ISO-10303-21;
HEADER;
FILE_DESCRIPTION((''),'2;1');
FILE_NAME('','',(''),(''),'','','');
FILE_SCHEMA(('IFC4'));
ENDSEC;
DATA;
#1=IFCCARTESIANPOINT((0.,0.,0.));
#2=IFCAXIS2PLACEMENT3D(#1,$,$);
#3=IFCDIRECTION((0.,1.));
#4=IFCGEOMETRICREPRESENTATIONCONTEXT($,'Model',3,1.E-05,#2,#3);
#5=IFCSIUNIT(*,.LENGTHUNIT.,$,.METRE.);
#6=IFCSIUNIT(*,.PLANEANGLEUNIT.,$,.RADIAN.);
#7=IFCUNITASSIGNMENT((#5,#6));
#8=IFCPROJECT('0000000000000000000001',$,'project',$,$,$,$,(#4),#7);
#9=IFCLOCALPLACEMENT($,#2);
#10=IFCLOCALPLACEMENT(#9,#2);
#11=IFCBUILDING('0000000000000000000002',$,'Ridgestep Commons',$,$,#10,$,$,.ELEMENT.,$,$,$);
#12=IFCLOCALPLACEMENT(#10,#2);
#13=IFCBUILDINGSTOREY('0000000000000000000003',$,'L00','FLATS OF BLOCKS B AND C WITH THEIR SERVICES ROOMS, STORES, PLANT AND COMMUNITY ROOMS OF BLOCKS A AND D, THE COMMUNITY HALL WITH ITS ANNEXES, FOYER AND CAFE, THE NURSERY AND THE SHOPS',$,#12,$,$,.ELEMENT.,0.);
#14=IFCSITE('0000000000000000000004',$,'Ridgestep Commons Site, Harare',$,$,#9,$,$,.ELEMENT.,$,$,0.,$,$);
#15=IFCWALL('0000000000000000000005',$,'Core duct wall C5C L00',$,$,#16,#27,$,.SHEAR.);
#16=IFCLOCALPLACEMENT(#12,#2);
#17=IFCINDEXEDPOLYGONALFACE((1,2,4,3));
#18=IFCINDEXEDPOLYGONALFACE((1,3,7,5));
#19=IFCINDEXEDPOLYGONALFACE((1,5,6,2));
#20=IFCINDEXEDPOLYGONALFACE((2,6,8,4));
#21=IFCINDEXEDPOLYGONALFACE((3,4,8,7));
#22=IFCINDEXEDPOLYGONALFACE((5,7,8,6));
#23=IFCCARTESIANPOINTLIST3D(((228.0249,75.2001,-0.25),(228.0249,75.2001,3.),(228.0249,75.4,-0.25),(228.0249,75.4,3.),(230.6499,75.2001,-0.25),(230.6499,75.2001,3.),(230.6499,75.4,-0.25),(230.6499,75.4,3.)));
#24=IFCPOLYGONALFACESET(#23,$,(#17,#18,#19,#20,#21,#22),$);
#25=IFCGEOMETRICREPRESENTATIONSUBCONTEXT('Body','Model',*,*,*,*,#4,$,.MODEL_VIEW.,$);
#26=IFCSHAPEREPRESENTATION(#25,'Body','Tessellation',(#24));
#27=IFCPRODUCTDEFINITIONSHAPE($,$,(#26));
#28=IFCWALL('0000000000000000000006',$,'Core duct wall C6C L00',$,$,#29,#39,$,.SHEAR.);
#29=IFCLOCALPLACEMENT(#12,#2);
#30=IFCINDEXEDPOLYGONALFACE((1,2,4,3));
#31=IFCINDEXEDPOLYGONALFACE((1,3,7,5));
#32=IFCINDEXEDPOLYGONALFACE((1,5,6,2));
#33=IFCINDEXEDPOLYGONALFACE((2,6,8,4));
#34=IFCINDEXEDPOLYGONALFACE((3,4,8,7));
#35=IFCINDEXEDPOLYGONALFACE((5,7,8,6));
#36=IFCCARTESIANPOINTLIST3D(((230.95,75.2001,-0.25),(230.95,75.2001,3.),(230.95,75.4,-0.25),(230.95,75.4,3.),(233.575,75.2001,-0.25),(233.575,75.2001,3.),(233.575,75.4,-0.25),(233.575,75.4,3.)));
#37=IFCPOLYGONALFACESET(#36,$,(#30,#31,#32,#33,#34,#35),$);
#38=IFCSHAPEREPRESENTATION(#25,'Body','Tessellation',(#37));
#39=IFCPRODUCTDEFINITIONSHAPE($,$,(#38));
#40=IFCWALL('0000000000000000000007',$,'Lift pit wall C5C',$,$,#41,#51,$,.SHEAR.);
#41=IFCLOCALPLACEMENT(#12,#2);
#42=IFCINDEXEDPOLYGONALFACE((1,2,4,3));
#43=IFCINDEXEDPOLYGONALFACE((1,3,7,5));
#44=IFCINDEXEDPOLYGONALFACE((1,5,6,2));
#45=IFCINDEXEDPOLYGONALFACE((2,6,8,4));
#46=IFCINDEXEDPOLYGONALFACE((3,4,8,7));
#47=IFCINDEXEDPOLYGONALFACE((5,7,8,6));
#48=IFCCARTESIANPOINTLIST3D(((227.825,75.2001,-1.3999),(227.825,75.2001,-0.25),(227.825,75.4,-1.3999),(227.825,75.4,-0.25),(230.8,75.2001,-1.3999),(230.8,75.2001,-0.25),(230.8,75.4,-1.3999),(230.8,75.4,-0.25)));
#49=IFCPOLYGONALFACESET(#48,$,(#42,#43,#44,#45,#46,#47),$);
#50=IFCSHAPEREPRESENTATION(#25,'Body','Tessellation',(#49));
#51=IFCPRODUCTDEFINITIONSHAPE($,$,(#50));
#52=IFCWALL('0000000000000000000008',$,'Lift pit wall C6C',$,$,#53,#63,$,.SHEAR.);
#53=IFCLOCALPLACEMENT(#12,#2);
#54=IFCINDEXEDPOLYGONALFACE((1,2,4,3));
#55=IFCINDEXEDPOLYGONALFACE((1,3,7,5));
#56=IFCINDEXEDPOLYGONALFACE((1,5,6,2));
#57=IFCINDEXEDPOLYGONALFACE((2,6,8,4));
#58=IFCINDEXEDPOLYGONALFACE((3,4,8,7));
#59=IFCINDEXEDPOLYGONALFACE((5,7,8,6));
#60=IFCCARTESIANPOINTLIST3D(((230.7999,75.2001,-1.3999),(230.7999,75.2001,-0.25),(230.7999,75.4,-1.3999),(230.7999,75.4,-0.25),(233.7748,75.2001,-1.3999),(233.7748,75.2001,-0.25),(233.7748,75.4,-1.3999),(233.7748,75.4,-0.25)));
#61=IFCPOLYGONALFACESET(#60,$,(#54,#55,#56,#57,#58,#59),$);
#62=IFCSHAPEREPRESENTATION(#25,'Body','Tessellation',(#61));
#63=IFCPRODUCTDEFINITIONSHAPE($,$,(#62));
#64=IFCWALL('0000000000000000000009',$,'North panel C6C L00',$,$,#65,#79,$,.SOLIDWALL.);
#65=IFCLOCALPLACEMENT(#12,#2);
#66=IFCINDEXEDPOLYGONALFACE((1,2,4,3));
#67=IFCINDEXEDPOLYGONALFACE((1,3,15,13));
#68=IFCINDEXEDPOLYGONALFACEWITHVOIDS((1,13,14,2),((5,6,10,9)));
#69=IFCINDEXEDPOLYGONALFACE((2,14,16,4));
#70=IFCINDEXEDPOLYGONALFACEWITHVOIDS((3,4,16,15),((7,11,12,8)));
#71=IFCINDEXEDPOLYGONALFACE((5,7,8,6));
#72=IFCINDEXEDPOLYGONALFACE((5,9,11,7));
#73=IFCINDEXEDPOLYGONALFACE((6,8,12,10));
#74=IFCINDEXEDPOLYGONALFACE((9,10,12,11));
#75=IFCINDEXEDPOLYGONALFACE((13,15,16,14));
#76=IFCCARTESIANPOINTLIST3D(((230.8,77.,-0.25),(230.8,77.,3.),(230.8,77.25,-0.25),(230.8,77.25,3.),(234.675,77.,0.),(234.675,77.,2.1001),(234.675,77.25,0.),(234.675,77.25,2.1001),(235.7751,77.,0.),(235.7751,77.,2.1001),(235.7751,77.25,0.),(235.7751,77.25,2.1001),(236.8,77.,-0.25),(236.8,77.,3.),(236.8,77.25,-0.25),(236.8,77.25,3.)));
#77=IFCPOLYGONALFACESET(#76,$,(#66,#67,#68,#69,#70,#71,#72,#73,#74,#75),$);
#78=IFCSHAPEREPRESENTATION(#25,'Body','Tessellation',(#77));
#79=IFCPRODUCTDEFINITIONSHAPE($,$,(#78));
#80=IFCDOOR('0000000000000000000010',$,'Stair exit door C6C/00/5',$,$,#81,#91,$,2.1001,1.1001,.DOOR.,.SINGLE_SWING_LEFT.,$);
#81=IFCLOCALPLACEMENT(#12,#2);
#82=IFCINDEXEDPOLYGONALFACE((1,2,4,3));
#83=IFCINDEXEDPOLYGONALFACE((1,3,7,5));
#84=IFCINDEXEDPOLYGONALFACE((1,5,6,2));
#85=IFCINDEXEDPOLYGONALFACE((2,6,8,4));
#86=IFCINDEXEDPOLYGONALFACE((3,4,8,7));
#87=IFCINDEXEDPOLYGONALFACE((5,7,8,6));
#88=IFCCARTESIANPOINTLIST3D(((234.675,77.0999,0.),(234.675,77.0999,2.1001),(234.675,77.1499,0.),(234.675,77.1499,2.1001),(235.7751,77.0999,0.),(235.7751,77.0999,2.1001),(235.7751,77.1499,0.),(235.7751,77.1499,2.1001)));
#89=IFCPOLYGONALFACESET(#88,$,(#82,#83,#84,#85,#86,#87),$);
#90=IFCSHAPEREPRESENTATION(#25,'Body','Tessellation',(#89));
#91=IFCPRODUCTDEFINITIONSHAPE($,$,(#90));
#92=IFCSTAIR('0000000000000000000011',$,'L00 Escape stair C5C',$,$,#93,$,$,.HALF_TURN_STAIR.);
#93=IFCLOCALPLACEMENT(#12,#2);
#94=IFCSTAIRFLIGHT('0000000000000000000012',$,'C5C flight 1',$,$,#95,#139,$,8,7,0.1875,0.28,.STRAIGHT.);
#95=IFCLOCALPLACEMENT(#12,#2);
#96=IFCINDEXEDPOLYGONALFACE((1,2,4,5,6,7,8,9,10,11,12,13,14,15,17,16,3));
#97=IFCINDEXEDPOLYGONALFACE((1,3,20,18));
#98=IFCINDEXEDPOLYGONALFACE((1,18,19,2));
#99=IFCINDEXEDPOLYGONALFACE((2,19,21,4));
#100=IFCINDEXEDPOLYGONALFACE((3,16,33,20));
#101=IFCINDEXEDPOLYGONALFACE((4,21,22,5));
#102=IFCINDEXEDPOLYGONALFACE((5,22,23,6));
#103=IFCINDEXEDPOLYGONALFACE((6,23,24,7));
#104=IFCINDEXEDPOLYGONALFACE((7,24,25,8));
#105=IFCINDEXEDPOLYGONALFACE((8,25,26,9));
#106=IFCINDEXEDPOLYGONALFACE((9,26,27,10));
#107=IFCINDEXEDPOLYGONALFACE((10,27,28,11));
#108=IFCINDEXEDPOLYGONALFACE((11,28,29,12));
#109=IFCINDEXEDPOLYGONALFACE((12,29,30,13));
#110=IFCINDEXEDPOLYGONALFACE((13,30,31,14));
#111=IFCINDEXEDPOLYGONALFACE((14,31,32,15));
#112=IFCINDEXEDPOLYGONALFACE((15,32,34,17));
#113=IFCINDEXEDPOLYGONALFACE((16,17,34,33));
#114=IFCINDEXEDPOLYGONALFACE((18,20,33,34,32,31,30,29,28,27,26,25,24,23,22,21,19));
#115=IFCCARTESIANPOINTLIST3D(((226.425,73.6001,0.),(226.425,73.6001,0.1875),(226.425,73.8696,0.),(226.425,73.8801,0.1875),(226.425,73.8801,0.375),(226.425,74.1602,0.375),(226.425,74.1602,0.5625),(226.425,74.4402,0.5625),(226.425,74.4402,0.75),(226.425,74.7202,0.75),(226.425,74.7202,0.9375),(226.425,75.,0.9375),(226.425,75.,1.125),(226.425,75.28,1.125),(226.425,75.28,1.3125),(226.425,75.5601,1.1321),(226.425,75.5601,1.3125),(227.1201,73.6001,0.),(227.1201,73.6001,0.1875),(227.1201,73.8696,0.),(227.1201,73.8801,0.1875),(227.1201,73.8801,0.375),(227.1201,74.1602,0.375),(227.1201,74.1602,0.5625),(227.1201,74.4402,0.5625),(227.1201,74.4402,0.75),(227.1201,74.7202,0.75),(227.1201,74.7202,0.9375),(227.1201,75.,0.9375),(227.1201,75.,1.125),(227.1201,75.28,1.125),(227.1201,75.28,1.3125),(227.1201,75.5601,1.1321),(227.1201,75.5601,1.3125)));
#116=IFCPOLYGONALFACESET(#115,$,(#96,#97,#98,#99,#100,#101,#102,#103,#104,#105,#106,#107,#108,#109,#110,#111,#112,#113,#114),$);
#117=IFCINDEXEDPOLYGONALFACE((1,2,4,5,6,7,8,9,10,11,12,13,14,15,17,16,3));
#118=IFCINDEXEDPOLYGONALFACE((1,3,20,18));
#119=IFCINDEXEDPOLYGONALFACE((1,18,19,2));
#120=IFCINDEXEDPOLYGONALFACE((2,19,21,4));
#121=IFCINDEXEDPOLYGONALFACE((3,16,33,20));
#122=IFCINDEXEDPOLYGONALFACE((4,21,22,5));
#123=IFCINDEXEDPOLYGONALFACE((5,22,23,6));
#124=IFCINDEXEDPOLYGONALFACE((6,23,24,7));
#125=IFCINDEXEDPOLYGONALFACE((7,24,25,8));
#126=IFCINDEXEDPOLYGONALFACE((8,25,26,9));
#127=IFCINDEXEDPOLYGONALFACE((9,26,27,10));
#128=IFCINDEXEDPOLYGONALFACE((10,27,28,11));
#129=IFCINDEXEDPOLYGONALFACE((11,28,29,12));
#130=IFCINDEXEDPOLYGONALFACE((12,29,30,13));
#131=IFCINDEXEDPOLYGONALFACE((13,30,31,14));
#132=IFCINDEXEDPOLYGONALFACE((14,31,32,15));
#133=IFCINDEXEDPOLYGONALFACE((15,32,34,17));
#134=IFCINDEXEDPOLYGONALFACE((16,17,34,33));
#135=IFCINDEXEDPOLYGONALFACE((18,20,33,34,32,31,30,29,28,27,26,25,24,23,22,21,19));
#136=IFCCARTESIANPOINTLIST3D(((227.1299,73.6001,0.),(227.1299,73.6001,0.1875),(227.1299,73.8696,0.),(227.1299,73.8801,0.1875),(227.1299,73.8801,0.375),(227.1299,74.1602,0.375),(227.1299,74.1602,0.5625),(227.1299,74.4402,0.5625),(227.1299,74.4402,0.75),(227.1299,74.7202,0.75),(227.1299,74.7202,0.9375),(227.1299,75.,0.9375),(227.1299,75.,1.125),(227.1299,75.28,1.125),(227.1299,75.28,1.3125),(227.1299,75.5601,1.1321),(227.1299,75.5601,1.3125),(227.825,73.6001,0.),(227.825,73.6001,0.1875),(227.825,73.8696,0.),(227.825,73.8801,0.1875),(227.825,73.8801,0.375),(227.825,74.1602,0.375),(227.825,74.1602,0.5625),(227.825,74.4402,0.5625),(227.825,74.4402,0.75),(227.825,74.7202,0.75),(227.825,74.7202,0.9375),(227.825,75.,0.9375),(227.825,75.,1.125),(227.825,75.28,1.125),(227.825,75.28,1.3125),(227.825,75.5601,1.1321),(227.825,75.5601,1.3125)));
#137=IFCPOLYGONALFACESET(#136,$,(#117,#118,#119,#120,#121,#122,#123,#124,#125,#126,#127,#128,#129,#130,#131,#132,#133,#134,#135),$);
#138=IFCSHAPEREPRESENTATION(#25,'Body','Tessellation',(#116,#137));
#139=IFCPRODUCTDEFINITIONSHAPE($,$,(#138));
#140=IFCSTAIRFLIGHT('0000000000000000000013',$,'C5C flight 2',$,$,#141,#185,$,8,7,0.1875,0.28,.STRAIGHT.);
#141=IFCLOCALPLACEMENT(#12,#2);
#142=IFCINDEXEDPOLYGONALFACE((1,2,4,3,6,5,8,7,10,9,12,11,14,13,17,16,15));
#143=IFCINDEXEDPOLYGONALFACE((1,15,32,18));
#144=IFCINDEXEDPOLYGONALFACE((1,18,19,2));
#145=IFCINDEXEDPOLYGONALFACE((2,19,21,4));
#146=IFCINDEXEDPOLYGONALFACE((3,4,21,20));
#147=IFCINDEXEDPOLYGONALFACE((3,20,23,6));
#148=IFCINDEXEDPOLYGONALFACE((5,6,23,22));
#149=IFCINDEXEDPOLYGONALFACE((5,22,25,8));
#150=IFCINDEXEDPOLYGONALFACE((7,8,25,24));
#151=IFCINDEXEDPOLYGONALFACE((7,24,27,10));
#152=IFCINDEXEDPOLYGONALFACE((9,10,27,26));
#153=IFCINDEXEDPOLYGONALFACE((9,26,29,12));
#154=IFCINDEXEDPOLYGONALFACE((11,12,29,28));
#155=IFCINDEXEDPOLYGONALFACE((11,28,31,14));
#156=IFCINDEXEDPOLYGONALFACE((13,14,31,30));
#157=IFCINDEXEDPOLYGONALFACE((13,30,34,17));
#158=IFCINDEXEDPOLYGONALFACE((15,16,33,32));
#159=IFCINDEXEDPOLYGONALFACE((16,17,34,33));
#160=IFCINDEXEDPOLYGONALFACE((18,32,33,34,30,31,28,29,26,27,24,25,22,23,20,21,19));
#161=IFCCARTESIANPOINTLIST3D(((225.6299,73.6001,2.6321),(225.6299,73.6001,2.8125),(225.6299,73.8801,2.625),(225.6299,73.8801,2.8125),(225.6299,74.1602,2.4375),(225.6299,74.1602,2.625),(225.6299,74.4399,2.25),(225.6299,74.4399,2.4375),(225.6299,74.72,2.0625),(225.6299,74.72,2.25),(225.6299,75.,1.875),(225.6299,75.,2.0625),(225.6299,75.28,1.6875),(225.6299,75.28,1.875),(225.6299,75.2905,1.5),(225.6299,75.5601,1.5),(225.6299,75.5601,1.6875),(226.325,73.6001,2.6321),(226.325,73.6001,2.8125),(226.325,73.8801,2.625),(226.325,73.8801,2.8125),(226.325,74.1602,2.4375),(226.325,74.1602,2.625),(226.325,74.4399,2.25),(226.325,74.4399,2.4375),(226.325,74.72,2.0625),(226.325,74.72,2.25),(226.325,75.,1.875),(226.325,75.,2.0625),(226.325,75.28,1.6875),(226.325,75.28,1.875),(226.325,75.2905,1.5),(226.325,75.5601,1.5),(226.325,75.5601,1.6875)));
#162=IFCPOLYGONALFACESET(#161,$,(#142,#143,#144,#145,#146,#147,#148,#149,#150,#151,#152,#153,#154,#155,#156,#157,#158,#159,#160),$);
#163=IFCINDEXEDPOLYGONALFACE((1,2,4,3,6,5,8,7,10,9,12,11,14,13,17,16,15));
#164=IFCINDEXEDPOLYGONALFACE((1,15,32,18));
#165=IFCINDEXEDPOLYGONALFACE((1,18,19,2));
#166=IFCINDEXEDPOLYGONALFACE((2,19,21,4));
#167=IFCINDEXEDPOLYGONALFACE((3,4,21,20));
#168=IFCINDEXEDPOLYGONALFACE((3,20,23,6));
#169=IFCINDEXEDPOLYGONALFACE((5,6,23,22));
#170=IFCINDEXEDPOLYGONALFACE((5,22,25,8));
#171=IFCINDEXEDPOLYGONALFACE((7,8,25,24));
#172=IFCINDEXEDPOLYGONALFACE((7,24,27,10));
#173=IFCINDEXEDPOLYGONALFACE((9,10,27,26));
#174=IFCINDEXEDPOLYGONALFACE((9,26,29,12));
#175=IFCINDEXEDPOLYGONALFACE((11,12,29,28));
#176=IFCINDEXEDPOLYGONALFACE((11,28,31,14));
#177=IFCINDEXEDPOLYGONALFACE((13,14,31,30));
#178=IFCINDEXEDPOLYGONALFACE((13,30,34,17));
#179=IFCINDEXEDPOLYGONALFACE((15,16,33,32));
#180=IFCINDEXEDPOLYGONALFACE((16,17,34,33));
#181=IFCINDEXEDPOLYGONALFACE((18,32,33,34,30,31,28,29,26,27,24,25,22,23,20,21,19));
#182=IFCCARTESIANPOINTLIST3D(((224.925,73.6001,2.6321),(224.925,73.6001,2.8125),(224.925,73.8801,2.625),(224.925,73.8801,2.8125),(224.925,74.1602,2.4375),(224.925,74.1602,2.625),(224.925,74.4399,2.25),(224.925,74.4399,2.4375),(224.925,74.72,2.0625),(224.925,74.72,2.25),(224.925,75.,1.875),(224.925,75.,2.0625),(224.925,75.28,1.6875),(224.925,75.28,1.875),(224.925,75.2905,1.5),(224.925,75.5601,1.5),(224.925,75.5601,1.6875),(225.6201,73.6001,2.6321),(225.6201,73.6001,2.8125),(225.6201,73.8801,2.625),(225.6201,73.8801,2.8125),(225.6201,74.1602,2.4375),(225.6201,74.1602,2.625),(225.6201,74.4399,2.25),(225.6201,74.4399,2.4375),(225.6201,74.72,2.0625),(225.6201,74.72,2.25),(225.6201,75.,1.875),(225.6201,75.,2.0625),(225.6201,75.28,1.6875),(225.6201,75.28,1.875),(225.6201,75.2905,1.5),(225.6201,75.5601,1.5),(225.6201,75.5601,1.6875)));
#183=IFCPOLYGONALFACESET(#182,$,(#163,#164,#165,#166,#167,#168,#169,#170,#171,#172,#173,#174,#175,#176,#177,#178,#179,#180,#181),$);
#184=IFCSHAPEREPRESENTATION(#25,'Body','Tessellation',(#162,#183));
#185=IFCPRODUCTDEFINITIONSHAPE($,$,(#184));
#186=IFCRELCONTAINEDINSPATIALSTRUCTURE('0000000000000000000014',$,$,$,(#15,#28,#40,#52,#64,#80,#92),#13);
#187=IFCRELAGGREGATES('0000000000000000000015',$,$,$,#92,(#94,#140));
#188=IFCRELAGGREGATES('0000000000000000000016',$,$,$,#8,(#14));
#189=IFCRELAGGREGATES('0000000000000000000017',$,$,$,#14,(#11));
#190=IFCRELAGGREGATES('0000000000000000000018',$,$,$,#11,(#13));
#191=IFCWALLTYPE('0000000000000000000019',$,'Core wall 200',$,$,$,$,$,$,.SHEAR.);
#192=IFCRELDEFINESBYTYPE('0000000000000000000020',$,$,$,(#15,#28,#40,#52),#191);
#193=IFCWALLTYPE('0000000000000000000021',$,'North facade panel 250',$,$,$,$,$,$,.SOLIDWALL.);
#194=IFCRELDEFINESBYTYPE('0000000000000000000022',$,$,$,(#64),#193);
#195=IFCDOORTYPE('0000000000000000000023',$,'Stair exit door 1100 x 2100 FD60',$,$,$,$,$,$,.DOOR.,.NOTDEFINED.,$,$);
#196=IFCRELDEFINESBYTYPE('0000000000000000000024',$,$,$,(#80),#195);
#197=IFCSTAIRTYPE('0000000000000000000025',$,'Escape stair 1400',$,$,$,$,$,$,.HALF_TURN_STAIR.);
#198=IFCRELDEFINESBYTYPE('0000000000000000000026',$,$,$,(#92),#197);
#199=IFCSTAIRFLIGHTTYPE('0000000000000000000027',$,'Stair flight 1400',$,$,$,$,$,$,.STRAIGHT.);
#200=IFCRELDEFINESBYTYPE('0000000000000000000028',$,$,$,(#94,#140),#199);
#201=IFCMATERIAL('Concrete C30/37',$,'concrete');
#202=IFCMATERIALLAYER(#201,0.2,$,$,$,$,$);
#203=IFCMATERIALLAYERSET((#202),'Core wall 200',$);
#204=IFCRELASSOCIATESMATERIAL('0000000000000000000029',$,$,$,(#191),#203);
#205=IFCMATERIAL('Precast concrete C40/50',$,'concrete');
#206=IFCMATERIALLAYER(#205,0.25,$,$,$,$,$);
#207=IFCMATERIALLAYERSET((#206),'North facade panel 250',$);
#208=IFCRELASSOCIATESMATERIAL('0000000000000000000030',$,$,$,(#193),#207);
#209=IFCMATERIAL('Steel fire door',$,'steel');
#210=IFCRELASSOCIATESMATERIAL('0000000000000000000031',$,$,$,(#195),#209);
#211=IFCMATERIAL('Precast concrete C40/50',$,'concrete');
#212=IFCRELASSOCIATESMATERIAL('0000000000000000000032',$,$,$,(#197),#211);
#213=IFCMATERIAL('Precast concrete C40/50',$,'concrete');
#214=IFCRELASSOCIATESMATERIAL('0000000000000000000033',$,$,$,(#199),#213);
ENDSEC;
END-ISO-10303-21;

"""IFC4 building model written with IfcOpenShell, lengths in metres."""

from ifc_helpers import new_model, si_unit, direction, frame, frame_2d, origin, place, context, subcontext, project, spatial, polyline, rectangle, outline, extrude, material, layer, layer_set, type_object, element, fill, aggregate, save


model = new_model("IFC4")

# Units and contexts
model_context = context("Model", 3, precision=1e-05, world=origin(), true_north=direction((0.0, 1.0)))
body_context = subcontext(model_context, "Body", "Model", "MODEL_VIEW")
ifc_project = project(units=[si_unit("LENGTHUNIT", "METRE"), si_unit("PLANEANGLEUNIT", "RADIAN")], contexts=[model_context])

# Site, building, storey
site_placement = place(None, origin())
site = spatial("IfcSite", under=ifc_project, at=site_placement, Name="Ridgestep Commons Site, Harare", CompositionType="ELEMENT", RefElevation=0.0)
building_placement = place(site_placement, origin())
building = spatial("IfcBuilding", under=site, at=building_placement, Name="Ridgestep Commons", CompositionType="ELEMENT")
storey_placement = place(building_placement, origin())
storey = spatial("IfcBuildingStorey", under=building, at=storey_placement, Name="L00", Description="FLATS OF BLOCKS B AND C WITH THEIR SERVICES ROOMS, STORES, PLANT AND COMMUNITY ROOMS OF BLOCKS A AND D, THE COMMUNITY HALL WITH ITS ANNEXES, FOYER AND CAFE, THE NURSERY AND THE SHOPS", CompositionType="ELEMENT", Elevation=0.0)

# Walls
ifc_material_1 = material(Name="Concrete C30/37", Category="concrete")
ifc_layer_1 = layer(ifc_material_1, 0.2)
ifc_layer_set_1 = layer_set([ifc_layer_1], Name="Core wall 200")
wall_type_1 = type_object("IfcWallType", Name="Core wall 200", PredefinedType="SHEAR", material=ifc_layer_set_1)
for number, where, z_axis, x_axis, name in (
    (1, (228.0249, 75.3, -0.25), (0.0, 0.0, 1.0), (1.0, 0.0, 0.0), "Core duct wall C5C L00"),
    (2, (230.95, 75.3, -0.25), (0.0, 0.0, 1.0), (1.0, 0.0, 0.0), "Core duct wall C6C L00"),
):
    element("IfcWall", number, at=place(storey_placement, frame(where, z_axis=z_axis, x_axis=x_axis)), inside=storey, type_object=wall_type_1, Name=name, PredefinedType="SHEAR", context=body_context, shape_type="SweptSolid", body=[
        extrude(rectangle(XDim=2.625, YDim=0.2, at=frame_2d((1.3125, 0.0))), origin(), (0.0, 0.0, 1.0), 3.25),
    ])
wall_1_placement = place(storey_placement, frame((227.825, 75.3, -1.3999), z_axis=(0.0, 0.0, 1.0), x_axis=(1.0, 0.0, 0.0)))
element("IfcWall", 3, at=wall_1_placement, inside=storey, type_object=wall_type_1, Name="Lift pit wall C5C", PredefinedType="SHEAR", context=body_context, shape_type="SweptSolid", body=[
    extrude(rectangle(XDim=2.9751, YDim=0.2, at=frame_2d((1.4875, 0.0))), origin(), (0.0, 0.0, 1.0), 1.1499),
])
wall_2_placement = place(storey_placement, frame((230.8, 75.3, -1.3999), z_axis=(0.0, 0.0, 1.0), x_axis=(1.0, 0.0, 0.0)))
element("IfcWall", 4, at=wall_2_placement, inside=storey, type_object=wall_type_1, Name="Lift pit wall C6C", PredefinedType="SHEAR", context=body_context, shape_type="SweptSolid", body=[
    extrude(rectangle(XDim=2.9749, YDim=0.2, at=frame_2d((1.4873, 0.0))), origin(), (0.0, 0.0, 1.0), 1.1499),
])

# Wall, opening, door
ifc_material_2 = material(Name="Precast concrete C40/50", Category="concrete")
ifc_layer_2 = layer(ifc_material_2, 0.25)
ifc_layer_set_2 = layer_set([ifc_layer_2], Name="North facade panel 250")
wall_type_2 = type_object("IfcWallType", Name="North facade panel 250", PredefinedType="SOLIDWALL", material=ifc_layer_set_2)
wall_3_placement = place(storey_placement, frame((230.8, 77.125, -0.25), z_axis=(0.0, 0.0, 1.0), x_axis=(1.0, 0.0, 0.0)))
wall_3 = element("IfcWall", 5, at=wall_3_placement, inside=storey, type_object=wall_type_2, Name="North panel C6C L00", PredefinedType="SOLIDWALL", context=body_context, shape_type="SweptSolid", body=[
    extrude(rectangle(XDim=6.0, YDim=0.25, at=frame_2d((3.0, 0.0))), origin(), (0.0, 0.0, 1.0), 3.25),
])
opening_placement = place(wall_3_placement, frame((3.875, 0.0, 0.25)))
opening = element("IfcOpeningElement", 6, at=opening_placement, cuts=wall_3, PredefinedType="OPENING", context=body_context, shape_type="SweptSolid", body=[
    extrude(rectangle(XDim=1.1001, YDim=2.1001, at=frame_2d((0.55, 1.05))), frame((0.0, 0.135, 0.0), z_axis=(0.0, -1.0, 0.0), x_axis=(1.0, 0.0, 0.0)), (0.0, 0.0, 1.0), 0.27),
])
ifc_material_3 = material(Name="Steel fire door", Category="steel")
door_type = type_object("IfcDoorType", Name="Stair exit door 1100 x 2100 FD60", OperationType="NOTDEFINED", PredefinedType="DOOR", material=ifc_material_3)
door_placement = place(opening_placement, origin())
door = element("IfcDoor", 7, at=door_placement, inside=storey, type_object=door_type, Name="Stair exit door C6C/00/5", OperationType="SINGLE_SWING_LEFT", OverallHeight=2.1001, OverallWidth=1.1001, PredefinedType="DOOR", context=body_context, shape_type="SweptSolid", body=[
    extrude(rectangle(XDim=1.1001, YDim=2.1001, at=frame_2d((0.55, 1.05))), frame((0.0, 0.0249, 0.0), z_axis=(0.0, -1.0, 0.0), x_axis=(1.0, 0.0, 0.0)), (0.0, 0.0, 1.0), 0.05),
])
fill(opening, door)

# Stair, stair flights
ifc_material_4 = material(Name="Precast concrete C40/50", Category="concrete")
stair_type = type_object("IfcStairType", Name="Escape stair 1400", PredefinedType="HALF_TURN_STAIR", material=ifc_material_4)
stair_placement = place(storey_placement, origin())
stair = element("IfcStair", 8, at=stair_placement, inside=storey, type_object=stair_type, Name="L00 Escape stair C5C", PredefinedType="HALF_TURN_STAIR")
ifc_material_5 = material(Name="Precast concrete C40/50", Category="concrete")
stair_flight_type = type_object("IfcStairFlightType", Name="Stair flight 1400", PredefinedType="STRAIGHT", material=ifc_material_5)
stair_flight_1_placement = place(storey_placement, frame((227.125, 73.6001, 0.0), z_axis=(0.0, 0.0, 1.0), x_axis=(0.0, 1.0, 0.0)))
stair_flight_1 = element("IfcStairFlight", 9, at=stair_flight_1_placement, type_object=stair_flight_type, Name="C5C flight 1", NumberOfRisers=8, NumberOfTreads=7, PredefinedType="STRAIGHT", RiserHeight=0.1875, TreadLength=0.28, context=body_context, shape_type="SweptSolid", body=[
    extrude(outline(polyline([(0.0, 0.0), (0.0, 0.1875), (0.28, 0.1875), (0.28, 0.375), (0.5601, 0.375), (0.5601, 0.5625), (0.8401, 0.5625), (0.8401, 0.75), (1.1201, 0.75), (1.1201, 0.9375), (1.3999, 0.9375), (1.3999, 1.125), (1.6799, 1.125), (1.6799, 1.3125), (1.96, 1.3125), (1.96, 1.5), (1.96, 1.1321), (0.2695, 0.0), (0.0, 0.0)])), frame((0.0, 0.7, 0.0), z_axis=(0.0, -1.0, 0.0), x_axis=(1.0, 0.0, 0.0)), (0.0, 0.0, 1.0), 0.6951),
    extrude(outline(polyline([(0.0, 0.0), (0.0, 0.1875), (0.28, 0.1875), (0.28, 0.375), (0.5601, 0.375), (0.5601, 0.5625), (0.8401, 0.5625), (0.8401, 0.75), (1.1201, 0.75), (1.1201, 0.9375), (1.3999, 0.9375), (1.3999, 1.125), (1.6799, 1.125), (1.6799, 1.3125), (1.96, 1.3125), (1.96, 1.5), (1.96, 1.1321), (0.2695, 0.0), (0.0, 0.0)])), frame((0.0, -0.0049, 0.0), z_axis=(0.0, -1.0, 0.0), x_axis=(1.0, 0.0, 0.0)), (0.0, 0.0, 1.0), 0.6951),
])
stair_flight_2_placement = place(storey_placement, frame((225.625, 75.5601, 1.5), z_axis=(0.0, 0.0, 1.0), x_axis=(0.0, -1.0, 0.0)))
stair_flight_2 = element("IfcStairFlight", 10, at=stair_flight_2_placement, type_object=stair_flight_type, Name="C5C flight 2", NumberOfRisers=8, NumberOfTreads=7, PredefinedType="STRAIGHT", RiserHeight=0.1875, TreadLength=0.28, context=body_context, shape_type="SweptSolid", body=[
    extrude(outline(polyline([(0.0, 0.0), (0.0, 0.1875), (0.28, 0.1875), (0.28, 0.375), (0.5601, 0.375), (0.5601, 0.5625), (0.8401, 0.5625), (0.8401, 0.75), (1.1201, 0.75), (1.1201, 0.9375), (1.3999, 0.9375), (1.3999, 1.125), (1.6799, 1.125), (1.6799, 1.3125), (1.96, 1.3125), (1.96, 1.5), (1.96, 1.1321), (0.2695, 0.0), (0.0, 0.0)])), frame((0.0, 0.7, 0.0), z_axis=(0.0, -1.0, 0.0), x_axis=(1.0, 0.0, 0.0)), (0.0, 0.0, 1.0), 0.6951),
    extrude(outline(polyline([(0.0, 0.0), (0.0, 0.1875), (0.28, 0.1875), (0.28, 0.375), (0.5601, 0.375), (0.5601, 0.5625), (0.8401, 0.5625), (0.8401, 0.75), (1.1201, 0.75), (1.1201, 0.9375), (1.3999, 0.9375), (1.3999, 1.125), (1.6799, 1.125), (1.6799, 1.3125), (1.96, 1.3125), (1.96, 1.5), (1.96, 1.1321), (0.2695, 0.0), (0.0, 0.0)])), frame((0.0, -0.0049, 0.0), z_axis=(0.0, -1.0, 0.0), x_axis=(1.0, 0.0, 0.0)), (0.0, 0.0, 1.0), 0.6951),
])
aggregate(stair, [stair_flight_1, stair_flight_2])

save(model, "model.ifc")
